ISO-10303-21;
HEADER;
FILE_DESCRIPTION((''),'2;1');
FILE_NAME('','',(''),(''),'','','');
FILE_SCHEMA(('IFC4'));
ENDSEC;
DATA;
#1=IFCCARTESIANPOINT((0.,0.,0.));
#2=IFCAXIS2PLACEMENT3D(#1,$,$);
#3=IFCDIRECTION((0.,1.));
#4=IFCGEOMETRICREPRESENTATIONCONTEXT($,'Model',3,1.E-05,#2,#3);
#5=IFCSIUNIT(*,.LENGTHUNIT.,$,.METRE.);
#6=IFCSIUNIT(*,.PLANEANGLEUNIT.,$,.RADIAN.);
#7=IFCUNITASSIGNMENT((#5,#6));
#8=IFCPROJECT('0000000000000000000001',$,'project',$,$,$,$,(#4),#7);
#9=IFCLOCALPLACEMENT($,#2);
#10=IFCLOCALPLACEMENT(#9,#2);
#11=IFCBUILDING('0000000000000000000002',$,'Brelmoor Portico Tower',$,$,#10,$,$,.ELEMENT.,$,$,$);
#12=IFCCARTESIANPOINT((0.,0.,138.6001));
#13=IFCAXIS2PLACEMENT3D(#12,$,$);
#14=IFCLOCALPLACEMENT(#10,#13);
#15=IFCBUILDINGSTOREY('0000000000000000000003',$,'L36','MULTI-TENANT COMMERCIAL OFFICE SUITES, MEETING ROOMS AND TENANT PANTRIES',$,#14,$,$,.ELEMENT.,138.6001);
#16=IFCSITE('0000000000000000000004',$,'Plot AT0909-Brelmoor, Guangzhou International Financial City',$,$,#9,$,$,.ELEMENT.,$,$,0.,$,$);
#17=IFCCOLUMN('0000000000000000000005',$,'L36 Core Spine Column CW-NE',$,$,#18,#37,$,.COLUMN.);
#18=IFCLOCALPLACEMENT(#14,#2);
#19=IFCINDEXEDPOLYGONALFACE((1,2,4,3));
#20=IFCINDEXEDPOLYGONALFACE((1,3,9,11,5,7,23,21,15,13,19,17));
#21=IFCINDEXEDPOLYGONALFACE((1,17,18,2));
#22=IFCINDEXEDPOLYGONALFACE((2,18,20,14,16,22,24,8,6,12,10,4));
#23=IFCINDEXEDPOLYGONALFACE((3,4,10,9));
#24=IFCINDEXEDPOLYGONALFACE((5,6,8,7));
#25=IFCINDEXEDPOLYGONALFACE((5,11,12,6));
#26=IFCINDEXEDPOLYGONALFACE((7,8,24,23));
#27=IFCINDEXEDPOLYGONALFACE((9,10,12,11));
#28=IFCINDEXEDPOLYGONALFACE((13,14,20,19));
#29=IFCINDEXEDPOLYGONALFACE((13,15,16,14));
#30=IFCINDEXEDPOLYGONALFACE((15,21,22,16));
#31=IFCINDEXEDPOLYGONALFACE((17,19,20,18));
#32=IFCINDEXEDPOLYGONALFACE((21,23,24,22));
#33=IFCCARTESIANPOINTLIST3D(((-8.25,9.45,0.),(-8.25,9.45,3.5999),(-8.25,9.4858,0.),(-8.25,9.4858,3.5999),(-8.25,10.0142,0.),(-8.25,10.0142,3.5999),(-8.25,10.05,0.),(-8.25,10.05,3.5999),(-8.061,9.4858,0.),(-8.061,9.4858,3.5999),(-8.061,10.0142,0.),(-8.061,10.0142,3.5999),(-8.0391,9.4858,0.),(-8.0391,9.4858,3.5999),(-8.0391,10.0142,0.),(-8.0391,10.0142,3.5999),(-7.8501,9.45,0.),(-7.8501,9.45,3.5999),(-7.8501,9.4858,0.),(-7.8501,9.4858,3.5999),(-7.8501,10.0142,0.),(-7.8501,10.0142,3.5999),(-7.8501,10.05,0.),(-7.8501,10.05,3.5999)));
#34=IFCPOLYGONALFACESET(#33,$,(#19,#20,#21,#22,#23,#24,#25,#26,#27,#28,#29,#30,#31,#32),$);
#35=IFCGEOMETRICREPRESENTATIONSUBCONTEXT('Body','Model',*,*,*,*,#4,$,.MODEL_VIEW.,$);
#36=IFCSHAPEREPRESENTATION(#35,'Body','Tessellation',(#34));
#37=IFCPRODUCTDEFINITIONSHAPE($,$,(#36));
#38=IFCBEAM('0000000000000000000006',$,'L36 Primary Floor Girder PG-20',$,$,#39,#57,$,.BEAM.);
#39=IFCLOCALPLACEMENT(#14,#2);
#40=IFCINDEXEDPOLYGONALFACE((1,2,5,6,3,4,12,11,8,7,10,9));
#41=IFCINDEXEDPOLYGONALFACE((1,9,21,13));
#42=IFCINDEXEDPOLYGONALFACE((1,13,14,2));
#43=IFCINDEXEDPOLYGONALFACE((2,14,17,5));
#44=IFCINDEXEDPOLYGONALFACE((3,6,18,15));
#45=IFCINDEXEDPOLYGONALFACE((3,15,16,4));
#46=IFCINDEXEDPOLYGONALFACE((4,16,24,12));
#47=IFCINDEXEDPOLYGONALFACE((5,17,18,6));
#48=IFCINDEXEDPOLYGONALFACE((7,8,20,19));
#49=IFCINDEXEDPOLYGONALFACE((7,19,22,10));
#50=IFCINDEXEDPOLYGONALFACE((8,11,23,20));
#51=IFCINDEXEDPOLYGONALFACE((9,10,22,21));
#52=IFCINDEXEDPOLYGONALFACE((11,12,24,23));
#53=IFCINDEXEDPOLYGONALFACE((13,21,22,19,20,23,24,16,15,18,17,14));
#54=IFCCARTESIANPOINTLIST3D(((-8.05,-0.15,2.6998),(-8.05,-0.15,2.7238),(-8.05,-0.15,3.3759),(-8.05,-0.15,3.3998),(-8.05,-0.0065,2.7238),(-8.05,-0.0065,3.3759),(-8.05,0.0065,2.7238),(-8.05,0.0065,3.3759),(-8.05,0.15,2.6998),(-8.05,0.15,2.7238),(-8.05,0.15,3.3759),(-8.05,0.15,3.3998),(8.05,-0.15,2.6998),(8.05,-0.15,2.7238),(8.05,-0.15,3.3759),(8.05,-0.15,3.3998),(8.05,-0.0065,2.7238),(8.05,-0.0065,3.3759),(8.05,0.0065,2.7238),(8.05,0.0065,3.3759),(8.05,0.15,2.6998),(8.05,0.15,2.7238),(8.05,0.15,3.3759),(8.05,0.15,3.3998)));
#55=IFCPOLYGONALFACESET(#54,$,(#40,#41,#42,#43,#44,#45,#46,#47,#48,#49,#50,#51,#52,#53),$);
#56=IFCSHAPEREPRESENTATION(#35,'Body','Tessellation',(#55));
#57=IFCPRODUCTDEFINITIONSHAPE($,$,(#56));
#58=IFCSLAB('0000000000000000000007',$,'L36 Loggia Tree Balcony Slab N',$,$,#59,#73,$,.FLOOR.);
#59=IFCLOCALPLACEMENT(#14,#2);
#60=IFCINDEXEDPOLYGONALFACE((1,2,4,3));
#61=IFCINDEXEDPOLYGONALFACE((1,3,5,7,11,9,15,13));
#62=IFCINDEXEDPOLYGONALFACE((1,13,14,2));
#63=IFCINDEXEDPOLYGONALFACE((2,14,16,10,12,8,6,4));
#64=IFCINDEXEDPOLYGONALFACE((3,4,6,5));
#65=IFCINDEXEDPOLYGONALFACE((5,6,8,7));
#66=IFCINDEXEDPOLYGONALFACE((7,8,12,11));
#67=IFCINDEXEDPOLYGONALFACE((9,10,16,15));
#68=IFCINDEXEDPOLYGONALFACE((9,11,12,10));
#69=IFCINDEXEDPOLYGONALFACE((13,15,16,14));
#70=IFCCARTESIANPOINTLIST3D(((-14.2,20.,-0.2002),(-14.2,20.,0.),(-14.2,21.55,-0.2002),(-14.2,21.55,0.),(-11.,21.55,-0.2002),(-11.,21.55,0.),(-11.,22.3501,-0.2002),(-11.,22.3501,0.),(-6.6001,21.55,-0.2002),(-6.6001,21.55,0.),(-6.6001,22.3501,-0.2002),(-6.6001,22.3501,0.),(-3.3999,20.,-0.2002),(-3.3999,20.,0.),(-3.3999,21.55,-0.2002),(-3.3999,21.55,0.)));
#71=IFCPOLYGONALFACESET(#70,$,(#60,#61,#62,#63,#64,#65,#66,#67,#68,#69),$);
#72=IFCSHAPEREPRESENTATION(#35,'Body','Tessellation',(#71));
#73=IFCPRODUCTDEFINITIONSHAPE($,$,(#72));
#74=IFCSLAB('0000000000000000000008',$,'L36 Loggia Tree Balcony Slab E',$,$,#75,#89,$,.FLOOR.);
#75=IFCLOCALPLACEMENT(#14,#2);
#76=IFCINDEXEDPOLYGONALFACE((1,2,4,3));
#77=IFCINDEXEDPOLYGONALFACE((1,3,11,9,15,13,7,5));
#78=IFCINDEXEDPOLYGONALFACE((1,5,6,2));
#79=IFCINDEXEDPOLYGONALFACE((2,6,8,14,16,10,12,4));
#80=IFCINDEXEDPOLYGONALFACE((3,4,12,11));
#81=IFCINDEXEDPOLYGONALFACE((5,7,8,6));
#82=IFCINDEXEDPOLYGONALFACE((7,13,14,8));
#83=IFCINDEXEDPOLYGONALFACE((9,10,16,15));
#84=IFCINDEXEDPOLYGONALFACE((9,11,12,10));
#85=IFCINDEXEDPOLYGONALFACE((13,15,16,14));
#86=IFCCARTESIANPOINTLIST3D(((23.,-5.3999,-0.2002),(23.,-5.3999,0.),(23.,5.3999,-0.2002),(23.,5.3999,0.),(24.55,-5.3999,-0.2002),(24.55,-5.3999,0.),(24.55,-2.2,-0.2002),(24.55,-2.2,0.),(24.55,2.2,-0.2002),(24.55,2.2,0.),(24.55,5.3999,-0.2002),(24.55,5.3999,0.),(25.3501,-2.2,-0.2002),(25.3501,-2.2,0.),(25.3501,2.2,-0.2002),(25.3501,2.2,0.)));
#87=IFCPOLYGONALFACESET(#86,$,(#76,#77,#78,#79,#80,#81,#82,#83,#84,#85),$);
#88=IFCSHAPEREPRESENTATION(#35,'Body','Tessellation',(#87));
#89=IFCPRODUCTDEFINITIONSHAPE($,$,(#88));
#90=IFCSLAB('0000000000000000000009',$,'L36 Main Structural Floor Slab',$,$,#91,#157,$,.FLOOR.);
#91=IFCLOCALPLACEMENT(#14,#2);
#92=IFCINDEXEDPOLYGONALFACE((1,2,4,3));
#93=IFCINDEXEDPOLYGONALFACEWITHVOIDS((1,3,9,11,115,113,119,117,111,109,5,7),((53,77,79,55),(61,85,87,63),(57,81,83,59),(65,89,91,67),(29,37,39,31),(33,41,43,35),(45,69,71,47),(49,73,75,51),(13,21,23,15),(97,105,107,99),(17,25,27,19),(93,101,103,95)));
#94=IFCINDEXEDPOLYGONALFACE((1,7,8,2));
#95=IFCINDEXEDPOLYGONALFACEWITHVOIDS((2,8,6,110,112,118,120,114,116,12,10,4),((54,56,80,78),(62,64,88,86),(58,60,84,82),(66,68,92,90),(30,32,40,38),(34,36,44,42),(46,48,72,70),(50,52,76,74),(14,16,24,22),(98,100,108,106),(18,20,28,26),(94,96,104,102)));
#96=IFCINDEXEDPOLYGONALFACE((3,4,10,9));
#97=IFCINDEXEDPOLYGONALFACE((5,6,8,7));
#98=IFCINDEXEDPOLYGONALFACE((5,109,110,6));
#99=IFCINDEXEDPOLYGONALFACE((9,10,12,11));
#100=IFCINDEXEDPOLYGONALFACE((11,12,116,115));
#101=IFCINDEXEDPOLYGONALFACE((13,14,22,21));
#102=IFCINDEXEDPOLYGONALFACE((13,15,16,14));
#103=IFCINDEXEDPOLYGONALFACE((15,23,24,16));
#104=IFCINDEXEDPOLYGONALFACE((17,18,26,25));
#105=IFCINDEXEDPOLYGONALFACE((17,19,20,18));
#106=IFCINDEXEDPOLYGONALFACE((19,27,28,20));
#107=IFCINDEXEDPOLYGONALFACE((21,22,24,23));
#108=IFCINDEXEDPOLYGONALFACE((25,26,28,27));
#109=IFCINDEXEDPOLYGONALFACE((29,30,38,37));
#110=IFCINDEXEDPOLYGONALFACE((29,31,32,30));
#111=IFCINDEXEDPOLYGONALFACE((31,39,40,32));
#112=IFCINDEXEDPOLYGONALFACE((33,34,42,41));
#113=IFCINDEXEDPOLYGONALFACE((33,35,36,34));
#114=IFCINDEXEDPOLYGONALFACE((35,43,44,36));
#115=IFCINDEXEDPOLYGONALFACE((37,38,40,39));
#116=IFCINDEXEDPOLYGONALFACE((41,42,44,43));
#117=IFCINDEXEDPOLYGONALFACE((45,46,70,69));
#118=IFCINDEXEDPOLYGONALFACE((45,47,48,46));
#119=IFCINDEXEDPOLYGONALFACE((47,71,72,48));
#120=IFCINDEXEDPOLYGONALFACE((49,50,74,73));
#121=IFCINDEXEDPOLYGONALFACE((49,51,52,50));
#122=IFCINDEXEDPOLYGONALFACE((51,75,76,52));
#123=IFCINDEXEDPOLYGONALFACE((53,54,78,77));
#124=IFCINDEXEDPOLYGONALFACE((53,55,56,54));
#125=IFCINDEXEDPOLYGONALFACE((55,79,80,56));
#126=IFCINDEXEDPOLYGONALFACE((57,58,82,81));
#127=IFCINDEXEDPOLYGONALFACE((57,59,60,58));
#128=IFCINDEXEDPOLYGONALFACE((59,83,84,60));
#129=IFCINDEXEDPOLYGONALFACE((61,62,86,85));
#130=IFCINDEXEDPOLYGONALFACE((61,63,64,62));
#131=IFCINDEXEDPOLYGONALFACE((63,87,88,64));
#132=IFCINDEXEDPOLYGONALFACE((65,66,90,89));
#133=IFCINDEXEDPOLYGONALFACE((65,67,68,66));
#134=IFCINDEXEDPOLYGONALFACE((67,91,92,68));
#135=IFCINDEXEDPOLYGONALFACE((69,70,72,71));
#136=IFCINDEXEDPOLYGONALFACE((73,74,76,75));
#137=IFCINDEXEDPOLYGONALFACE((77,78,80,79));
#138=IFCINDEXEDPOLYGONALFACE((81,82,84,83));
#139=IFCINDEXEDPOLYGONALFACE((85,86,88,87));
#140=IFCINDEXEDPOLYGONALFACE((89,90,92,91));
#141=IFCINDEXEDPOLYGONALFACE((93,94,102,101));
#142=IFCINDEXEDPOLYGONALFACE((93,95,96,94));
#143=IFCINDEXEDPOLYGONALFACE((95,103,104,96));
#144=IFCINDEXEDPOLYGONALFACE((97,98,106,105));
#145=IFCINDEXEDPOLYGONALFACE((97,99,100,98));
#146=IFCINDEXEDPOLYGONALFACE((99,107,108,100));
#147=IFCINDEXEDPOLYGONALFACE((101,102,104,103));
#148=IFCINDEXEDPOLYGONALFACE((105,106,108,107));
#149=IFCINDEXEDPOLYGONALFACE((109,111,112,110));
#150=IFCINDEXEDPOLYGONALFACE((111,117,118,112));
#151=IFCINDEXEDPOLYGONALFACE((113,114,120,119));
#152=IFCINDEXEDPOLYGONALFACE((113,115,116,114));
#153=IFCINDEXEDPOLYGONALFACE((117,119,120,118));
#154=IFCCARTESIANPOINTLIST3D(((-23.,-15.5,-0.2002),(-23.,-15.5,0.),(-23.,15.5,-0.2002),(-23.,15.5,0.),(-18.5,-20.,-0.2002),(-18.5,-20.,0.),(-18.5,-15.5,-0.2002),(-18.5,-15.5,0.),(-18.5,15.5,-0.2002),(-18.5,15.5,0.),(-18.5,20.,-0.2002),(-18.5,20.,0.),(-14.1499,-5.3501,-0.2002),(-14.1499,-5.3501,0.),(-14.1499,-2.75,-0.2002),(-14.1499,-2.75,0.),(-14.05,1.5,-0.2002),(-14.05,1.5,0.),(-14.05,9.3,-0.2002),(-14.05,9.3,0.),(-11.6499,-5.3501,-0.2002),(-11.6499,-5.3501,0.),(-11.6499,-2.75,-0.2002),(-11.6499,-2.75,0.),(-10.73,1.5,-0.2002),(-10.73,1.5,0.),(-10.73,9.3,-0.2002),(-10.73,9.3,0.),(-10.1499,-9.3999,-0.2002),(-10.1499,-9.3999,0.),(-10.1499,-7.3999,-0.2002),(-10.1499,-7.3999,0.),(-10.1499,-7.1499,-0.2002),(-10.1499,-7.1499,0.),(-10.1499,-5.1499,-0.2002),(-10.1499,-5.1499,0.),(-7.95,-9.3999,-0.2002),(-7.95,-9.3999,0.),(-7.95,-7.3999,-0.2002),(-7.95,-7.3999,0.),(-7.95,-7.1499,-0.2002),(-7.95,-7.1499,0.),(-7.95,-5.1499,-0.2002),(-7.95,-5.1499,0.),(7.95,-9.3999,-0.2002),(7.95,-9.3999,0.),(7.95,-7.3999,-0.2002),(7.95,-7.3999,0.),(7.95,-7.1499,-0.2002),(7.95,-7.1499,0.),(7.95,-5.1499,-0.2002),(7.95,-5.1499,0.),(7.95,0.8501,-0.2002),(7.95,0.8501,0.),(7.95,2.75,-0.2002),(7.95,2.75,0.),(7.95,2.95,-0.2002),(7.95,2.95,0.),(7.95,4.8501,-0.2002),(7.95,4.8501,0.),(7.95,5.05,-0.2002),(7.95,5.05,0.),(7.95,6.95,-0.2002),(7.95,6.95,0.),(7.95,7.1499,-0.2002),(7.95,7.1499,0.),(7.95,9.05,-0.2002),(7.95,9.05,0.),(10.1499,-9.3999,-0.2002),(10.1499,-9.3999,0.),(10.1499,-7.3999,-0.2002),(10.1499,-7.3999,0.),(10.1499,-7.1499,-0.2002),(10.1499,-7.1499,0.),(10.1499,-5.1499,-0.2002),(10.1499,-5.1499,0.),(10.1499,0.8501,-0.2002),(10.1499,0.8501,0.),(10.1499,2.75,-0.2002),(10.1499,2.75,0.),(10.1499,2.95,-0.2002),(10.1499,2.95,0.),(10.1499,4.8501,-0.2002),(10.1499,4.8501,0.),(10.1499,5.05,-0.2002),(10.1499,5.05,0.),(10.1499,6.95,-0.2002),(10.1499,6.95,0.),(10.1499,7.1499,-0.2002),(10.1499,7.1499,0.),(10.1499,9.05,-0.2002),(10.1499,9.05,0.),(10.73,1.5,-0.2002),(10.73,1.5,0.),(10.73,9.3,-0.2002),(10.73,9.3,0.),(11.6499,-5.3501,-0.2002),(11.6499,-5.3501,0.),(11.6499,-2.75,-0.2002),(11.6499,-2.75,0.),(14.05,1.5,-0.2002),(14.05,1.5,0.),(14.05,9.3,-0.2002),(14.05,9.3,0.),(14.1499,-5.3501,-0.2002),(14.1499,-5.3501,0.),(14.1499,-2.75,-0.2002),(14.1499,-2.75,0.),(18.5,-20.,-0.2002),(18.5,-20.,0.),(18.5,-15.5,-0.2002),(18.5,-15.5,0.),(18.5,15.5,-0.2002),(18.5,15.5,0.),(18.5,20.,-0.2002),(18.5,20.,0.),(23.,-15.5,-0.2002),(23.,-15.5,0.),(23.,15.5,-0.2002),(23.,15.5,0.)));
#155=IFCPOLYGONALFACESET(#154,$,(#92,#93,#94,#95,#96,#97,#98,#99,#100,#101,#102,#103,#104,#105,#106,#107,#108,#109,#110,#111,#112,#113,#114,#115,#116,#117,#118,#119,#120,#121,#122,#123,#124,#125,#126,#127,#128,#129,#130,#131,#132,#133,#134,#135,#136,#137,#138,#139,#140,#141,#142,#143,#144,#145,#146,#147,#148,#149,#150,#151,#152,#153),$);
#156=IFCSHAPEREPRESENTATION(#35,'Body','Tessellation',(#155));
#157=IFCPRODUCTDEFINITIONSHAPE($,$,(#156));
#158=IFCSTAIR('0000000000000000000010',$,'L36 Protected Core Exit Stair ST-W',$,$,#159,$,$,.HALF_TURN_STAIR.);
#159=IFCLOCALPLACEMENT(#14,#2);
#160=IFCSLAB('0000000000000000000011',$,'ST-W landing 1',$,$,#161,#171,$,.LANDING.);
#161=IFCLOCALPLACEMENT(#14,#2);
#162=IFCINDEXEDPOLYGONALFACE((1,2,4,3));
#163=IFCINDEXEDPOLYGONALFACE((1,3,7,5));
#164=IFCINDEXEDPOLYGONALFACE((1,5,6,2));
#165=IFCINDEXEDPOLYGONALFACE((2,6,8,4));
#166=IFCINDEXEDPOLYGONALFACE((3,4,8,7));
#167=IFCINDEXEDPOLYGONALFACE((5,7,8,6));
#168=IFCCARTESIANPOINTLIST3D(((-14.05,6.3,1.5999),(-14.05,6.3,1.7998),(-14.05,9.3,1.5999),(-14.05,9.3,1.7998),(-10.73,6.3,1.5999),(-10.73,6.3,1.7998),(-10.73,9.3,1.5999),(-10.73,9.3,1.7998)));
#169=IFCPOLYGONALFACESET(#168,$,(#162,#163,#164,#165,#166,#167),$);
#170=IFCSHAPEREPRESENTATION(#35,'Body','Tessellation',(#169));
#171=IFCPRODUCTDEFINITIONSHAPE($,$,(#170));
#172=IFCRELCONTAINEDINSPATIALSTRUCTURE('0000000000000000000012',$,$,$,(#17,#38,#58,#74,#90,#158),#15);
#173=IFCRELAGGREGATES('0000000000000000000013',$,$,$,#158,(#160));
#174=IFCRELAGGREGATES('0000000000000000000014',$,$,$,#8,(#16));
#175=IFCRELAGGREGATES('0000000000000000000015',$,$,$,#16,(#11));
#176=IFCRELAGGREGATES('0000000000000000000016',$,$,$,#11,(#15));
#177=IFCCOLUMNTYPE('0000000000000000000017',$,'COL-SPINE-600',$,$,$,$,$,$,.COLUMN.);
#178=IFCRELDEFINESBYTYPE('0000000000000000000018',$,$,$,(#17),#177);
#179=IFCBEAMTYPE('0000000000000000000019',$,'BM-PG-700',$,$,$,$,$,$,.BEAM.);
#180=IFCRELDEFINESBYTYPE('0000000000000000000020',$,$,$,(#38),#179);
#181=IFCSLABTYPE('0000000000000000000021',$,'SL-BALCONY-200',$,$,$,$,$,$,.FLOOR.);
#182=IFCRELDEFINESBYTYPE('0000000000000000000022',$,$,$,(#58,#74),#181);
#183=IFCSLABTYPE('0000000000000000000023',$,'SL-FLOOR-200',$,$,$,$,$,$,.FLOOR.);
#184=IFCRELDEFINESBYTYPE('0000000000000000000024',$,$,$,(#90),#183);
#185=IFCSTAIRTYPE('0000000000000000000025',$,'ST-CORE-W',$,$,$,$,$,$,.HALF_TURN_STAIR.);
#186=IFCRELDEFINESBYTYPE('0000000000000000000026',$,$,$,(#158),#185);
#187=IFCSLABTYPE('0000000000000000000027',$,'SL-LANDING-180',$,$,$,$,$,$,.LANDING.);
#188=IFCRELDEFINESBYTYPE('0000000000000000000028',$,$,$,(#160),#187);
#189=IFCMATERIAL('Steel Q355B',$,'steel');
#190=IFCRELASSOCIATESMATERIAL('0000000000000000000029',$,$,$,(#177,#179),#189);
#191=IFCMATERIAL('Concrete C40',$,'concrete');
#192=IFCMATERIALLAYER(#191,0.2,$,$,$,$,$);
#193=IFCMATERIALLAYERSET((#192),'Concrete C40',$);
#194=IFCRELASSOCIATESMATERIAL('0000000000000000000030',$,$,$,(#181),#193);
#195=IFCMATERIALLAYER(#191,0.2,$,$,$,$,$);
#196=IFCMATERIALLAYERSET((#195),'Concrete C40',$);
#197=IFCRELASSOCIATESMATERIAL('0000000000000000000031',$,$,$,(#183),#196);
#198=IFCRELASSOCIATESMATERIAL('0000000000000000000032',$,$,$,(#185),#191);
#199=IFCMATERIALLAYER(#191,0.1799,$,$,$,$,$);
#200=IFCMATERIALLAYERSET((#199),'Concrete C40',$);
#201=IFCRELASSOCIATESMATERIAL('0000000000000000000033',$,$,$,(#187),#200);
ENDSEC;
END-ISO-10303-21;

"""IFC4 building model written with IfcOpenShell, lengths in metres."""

from ifc_helpers import new_model, si_unit, direction, frame, origin, origin_2d, place, context, subcontext, project, spatial, polyline, i_section, outline, extrude, material, layer, layer_set, material_profile, profile_set, type_object, element, aggregate, save


model = new_model("IFC4")

# Units and contexts
model_context = context("Model", 3, precision=1e-05, world=origin(), true_north=direction((0.0, 1.0)))
body_context = subcontext(model_context, "Body", "Model", "MODEL_VIEW")
ifc_project = project(units=[si_unit("LENGTHUNIT", "METRE"), si_unit("PLANEANGLEUNIT", "RADIAN")], contexts=[model_context])

# Site, building, storey
site_placement = place(None, origin())
site = spatial("IfcSite", under=ifc_project, at=site_placement, Name="Plot AT0909-Brelmoor, Guangzhou International Financial City", CompositionType="ELEMENT", RefElevation=0.0)
building_placement = place(site_placement, origin())
building = spatial("IfcBuilding", under=site, at=building_placement, Name="Brelmoor Portico Tower", CompositionType="ELEMENT")
storey_placement = place(building_placement, frame((0.0, 0.0, 138.6001)))
storey = spatial("IfcBuildingStorey", under=building, at=storey_placement, Name="L36", Description="MULTI-TENANT COMMERCIAL OFFICE SUITES, MEETING ROOMS AND TENANT PANTRIES", CompositionType="ELEMENT", Elevation=138.6001)

# Column
ifc_material_1 = material(Name="Steel Q355B", Category="steel")
ifc_material_profile_1 = material_profile(ifc_material_1, i_section(OverallWidth=0.3999, OverallDepth=0.6001, WebThickness=0.022, FlangeThickness=0.0359, at=origin_2d()), Name="HW 600x400x22x36")
ifc_profile_set_1 = profile_set([ifc_material_profile_1], Name="Steel Q355B")
column_type = type_object("IfcColumnType", Name="COL-SPINE-600", PredefinedType="COLUMN", material=ifc_profile_set_1)
column_placement = place(storey_placement, frame((-8.05, 9.75, 0.0), z_axis=(0.0, 0.0, 1.0), x_axis=(1.0, 0.0, 0.0)))
element("IfcColumn", 1, at=column_placement, inside=storey, type_object=column_type, Name="L36 Core Spine Column CW-NE", PredefinedType="COLUMN", context=body_context, shape_type="SweptSolid", body=[
    extrude(i_section(OverallWidth=0.3999, OverallDepth=0.6001, WebThickness=0.022, FlangeThickness=0.0359, at=origin_2d()), origin(), (0.0, 0.0, 1.0), 3.5999),
])

# Beam
ifc_material_profile_2 = material_profile(ifc_material_1, i_section(OverallWidth=0.3, OverallDepth=0.7, WebThickness=0.0129, FlangeThickness=0.0239, at=origin_2d()), Name="HN 700x300x13x24")
ifc_profile_set_2 = profile_set([ifc_material_profile_2], Name="Steel Q355B")
beam_type = type_object("IfcBeamType", Name="BM-PG-700", PredefinedType="BEAM", material=ifc_profile_set_2)
beam_placement = place(storey_placement, frame((-8.05, 0.0, 3.0498), z_axis=(1.0, 0.0, 0.0), x_axis=(0.0, 1.0, 0.0)))
element("IfcBeam", 2, at=beam_placement, inside=storey, type_object=beam_type, Name="L36 Primary Floor Girder PG-20", PredefinedType="BEAM", context=body_context, shape_type="SweptSolid", body=[
    extrude(i_section(OverallWidth=0.3, OverallDepth=0.7, WebThickness=0.0129, FlangeThickness=0.0239, at=origin_2d()), origin(), (0.0, 0.0, 1.0), 16.1001),
])

# Slabs
ifc_material_2 = material(Name="Concrete C40", Category="concrete")
ifc_layer_1 = layer(ifc_material_2, 0.2)
ifc_layer_set_1 = layer_set([ifc_layer_1], Name="Concrete C40")
slab_type_1 = type_object("IfcSlabType", Name="SL-BALCONY-200", PredefinedType="FLOOR", material=ifc_layer_set_1)
slab_1_placement = place(storey_placement, frame((0.0, 0.0, -0.2002)))
element("IfcSlab", 3, at=slab_1_placement, inside=storey, type_object=slab_type_1, Name="L36 Loggia Tree Balcony Slab N", PredefinedType="FLOOR", context=body_context, shape_type="SweptSolid", body=[
    extrude(outline(polyline([(-14.2, 20.0), (-3.3999, 20.0), (-3.3999, 21.55), (-6.6001, 21.55), (-6.6001, 22.3501), (-11.0, 22.3501), (-11.0, 21.55), (-14.2, 21.55), (-14.2, 20.0)])), origin(), (0.0, 0.0, 1.0), 0.2002),
])
slab_2_placement = place(storey_placement, frame((0.0, 0.0, -0.2002)))
element("IfcSlab", 4, at=slab_2_placement, inside=storey, type_object=slab_type_1, Name="L36 Loggia Tree Balcony Slab E", PredefinedType="FLOOR", context=body_context, shape_type="SweptSolid", body=[
    extrude(outline(polyline([(23.0, -5.3999), (24.55, -5.3999), (24.55, -2.2), (25.3501, -2.2), (25.3501, 2.2), (24.55, 2.2), (24.55, 5.3999), (23.0, 5.3999), (23.0, -5.3999)])), origin(), (0.0, 0.0, 1.0), 0.2002),
])
ifc_layer_2 = layer(ifc_material_2, 0.2)
ifc_layer_set_2 = layer_set([ifc_layer_2], Name="Concrete C40")
slab_type_2 = type_object("IfcSlabType", Name="SL-FLOOR-200", PredefinedType="FLOOR", material=ifc_layer_set_2)
slab_3_placement = place(storey_placement, frame((0.0, 0.0, -0.2002)))
element("IfcSlab", 5, at=slab_3_placement, inside=storey, type_object=slab_type_2, Name="L36 Main Structural Floor Slab", PredefinedType="FLOOR", context=body_context, shape_type="SweptSolid", body=[
    extrude(outline(polyline([(-18.5, -20.0), (18.5, -20.0), (18.5, -15.5), (23.0, -15.5), (23.0, 15.5), (18.5, 15.5), (18.5, 20.0), (-18.5, 20.0), (-18.5, 15.5), (-23.0, 15.5), (-23.0, -15.5), (-18.5, -15.5), (-18.5, -20.0)]), holes=[polyline([(-10.73, 1.5), (-10.73, 9.3), (-14.05, 9.3), (-14.05, 1.5), (-10.73, 1.5)]), polyline([(14.05, 1.5), (14.05, 9.3), (10.73, 9.3), (10.73, 1.5), (14.05, 1.5)]), polyline([(7.95, 0.8501), (10.1499, 0.8501), (10.1499, 2.75), (7.95, 2.75), (7.95, 0.8501)]), polyline([(7.95, 2.95), (10.1499, 2.95), (10.1499, 4.8501), (7.95, 4.8501), (7.95, 2.95)]), polyline([(7.95, 5.05), (10.1499, 5.05), (10.1499, 6.95), (7.95, 6.95), (7.95, 5.05)]), polyline([(7.95, 7.1499), (10.1499, 7.1499), (10.1499, 9.05), (7.95, 9.05), (7.95, 7.1499)]), polyline([(-10.1499, -9.3999), (-7.95, -9.3999), (-7.95, -7.3999), (-10.1499, -7.3999), (-10.1499, -9.3999)]), polyline([(-10.1499, -7.1499), (-7.95, -7.1499), (-7.95, -5.1499), (-10.1499, -5.1499), (-10.1499, -7.1499)]), polyline([(7.95, -9.3999), (10.1499, -9.3999), (10.1499, -7.3999), (7.95, -7.3999), (7.95, -9.3999)]), polyline([(7.95, -7.1499), (10.1499, -7.1499), (10.1499, -5.1499), (7.95, -5.1499), (7.95, -7.1499)]), polyline([(-14.1499, -5.3501), (-11.6499, -5.3501), (-11.6499, -2.75), (-14.1499, -2.75), (-14.1499, -5.3501)]), polyline([(11.6499, -5.3501), (14.1499, -5.3501), (14.1499, -2.75), (11.6499, -2.75), (11.6499, -5.3501)])]), origin(), (0.0, 0.0, 1.0), 0.2002),
])

# Stair, slab
stair_type_1 = type_object("IfcStairType", Name="ST-CORE-W", PredefinedType="HALF_TURN_STAIR", material=ifc_material_2)
stair_1_placement = place(storey_placement, origin())
stair_1 = element("IfcStair", 6, at=stair_1_placement, inside=storey, type_object=stair_type_1, Name="L36 Protected Core Exit Stair ST-W", PredefinedType="HALF_TURN_STAIR")
ifc_layer_3 = layer(ifc_material_2, 0.1799)
ifc_layer_set_3 = layer_set([ifc_layer_3], Name="Concrete C40")
slab_type_3 = type_object("IfcSlabType", Name="SL-LANDING-180", PredefinedType="LANDING", material=ifc_layer_set_3)
slab_4_placement = place(storey_placement, frame((0.0, 0.0, 1.5999)))
slab_4 = element("IfcSlab", 7, at=slab_4_placement, type_object=slab_type_3, Name="ST-W landing 1", PredefinedType="LANDING", context=body_context, shape_type="SweptSolid", body=[
    extrude(outline(polyline([(-10.73, 6.3), (-10.73, 9.3), (-14.05, 9.3), (-14.05, 6.3), (-10.73, 6.3)])), origin(), (0.0, 0.0, 1.0), 0.2),
])

aggregate(stair_1, [slab_4])

save(model, "model.ifc")
